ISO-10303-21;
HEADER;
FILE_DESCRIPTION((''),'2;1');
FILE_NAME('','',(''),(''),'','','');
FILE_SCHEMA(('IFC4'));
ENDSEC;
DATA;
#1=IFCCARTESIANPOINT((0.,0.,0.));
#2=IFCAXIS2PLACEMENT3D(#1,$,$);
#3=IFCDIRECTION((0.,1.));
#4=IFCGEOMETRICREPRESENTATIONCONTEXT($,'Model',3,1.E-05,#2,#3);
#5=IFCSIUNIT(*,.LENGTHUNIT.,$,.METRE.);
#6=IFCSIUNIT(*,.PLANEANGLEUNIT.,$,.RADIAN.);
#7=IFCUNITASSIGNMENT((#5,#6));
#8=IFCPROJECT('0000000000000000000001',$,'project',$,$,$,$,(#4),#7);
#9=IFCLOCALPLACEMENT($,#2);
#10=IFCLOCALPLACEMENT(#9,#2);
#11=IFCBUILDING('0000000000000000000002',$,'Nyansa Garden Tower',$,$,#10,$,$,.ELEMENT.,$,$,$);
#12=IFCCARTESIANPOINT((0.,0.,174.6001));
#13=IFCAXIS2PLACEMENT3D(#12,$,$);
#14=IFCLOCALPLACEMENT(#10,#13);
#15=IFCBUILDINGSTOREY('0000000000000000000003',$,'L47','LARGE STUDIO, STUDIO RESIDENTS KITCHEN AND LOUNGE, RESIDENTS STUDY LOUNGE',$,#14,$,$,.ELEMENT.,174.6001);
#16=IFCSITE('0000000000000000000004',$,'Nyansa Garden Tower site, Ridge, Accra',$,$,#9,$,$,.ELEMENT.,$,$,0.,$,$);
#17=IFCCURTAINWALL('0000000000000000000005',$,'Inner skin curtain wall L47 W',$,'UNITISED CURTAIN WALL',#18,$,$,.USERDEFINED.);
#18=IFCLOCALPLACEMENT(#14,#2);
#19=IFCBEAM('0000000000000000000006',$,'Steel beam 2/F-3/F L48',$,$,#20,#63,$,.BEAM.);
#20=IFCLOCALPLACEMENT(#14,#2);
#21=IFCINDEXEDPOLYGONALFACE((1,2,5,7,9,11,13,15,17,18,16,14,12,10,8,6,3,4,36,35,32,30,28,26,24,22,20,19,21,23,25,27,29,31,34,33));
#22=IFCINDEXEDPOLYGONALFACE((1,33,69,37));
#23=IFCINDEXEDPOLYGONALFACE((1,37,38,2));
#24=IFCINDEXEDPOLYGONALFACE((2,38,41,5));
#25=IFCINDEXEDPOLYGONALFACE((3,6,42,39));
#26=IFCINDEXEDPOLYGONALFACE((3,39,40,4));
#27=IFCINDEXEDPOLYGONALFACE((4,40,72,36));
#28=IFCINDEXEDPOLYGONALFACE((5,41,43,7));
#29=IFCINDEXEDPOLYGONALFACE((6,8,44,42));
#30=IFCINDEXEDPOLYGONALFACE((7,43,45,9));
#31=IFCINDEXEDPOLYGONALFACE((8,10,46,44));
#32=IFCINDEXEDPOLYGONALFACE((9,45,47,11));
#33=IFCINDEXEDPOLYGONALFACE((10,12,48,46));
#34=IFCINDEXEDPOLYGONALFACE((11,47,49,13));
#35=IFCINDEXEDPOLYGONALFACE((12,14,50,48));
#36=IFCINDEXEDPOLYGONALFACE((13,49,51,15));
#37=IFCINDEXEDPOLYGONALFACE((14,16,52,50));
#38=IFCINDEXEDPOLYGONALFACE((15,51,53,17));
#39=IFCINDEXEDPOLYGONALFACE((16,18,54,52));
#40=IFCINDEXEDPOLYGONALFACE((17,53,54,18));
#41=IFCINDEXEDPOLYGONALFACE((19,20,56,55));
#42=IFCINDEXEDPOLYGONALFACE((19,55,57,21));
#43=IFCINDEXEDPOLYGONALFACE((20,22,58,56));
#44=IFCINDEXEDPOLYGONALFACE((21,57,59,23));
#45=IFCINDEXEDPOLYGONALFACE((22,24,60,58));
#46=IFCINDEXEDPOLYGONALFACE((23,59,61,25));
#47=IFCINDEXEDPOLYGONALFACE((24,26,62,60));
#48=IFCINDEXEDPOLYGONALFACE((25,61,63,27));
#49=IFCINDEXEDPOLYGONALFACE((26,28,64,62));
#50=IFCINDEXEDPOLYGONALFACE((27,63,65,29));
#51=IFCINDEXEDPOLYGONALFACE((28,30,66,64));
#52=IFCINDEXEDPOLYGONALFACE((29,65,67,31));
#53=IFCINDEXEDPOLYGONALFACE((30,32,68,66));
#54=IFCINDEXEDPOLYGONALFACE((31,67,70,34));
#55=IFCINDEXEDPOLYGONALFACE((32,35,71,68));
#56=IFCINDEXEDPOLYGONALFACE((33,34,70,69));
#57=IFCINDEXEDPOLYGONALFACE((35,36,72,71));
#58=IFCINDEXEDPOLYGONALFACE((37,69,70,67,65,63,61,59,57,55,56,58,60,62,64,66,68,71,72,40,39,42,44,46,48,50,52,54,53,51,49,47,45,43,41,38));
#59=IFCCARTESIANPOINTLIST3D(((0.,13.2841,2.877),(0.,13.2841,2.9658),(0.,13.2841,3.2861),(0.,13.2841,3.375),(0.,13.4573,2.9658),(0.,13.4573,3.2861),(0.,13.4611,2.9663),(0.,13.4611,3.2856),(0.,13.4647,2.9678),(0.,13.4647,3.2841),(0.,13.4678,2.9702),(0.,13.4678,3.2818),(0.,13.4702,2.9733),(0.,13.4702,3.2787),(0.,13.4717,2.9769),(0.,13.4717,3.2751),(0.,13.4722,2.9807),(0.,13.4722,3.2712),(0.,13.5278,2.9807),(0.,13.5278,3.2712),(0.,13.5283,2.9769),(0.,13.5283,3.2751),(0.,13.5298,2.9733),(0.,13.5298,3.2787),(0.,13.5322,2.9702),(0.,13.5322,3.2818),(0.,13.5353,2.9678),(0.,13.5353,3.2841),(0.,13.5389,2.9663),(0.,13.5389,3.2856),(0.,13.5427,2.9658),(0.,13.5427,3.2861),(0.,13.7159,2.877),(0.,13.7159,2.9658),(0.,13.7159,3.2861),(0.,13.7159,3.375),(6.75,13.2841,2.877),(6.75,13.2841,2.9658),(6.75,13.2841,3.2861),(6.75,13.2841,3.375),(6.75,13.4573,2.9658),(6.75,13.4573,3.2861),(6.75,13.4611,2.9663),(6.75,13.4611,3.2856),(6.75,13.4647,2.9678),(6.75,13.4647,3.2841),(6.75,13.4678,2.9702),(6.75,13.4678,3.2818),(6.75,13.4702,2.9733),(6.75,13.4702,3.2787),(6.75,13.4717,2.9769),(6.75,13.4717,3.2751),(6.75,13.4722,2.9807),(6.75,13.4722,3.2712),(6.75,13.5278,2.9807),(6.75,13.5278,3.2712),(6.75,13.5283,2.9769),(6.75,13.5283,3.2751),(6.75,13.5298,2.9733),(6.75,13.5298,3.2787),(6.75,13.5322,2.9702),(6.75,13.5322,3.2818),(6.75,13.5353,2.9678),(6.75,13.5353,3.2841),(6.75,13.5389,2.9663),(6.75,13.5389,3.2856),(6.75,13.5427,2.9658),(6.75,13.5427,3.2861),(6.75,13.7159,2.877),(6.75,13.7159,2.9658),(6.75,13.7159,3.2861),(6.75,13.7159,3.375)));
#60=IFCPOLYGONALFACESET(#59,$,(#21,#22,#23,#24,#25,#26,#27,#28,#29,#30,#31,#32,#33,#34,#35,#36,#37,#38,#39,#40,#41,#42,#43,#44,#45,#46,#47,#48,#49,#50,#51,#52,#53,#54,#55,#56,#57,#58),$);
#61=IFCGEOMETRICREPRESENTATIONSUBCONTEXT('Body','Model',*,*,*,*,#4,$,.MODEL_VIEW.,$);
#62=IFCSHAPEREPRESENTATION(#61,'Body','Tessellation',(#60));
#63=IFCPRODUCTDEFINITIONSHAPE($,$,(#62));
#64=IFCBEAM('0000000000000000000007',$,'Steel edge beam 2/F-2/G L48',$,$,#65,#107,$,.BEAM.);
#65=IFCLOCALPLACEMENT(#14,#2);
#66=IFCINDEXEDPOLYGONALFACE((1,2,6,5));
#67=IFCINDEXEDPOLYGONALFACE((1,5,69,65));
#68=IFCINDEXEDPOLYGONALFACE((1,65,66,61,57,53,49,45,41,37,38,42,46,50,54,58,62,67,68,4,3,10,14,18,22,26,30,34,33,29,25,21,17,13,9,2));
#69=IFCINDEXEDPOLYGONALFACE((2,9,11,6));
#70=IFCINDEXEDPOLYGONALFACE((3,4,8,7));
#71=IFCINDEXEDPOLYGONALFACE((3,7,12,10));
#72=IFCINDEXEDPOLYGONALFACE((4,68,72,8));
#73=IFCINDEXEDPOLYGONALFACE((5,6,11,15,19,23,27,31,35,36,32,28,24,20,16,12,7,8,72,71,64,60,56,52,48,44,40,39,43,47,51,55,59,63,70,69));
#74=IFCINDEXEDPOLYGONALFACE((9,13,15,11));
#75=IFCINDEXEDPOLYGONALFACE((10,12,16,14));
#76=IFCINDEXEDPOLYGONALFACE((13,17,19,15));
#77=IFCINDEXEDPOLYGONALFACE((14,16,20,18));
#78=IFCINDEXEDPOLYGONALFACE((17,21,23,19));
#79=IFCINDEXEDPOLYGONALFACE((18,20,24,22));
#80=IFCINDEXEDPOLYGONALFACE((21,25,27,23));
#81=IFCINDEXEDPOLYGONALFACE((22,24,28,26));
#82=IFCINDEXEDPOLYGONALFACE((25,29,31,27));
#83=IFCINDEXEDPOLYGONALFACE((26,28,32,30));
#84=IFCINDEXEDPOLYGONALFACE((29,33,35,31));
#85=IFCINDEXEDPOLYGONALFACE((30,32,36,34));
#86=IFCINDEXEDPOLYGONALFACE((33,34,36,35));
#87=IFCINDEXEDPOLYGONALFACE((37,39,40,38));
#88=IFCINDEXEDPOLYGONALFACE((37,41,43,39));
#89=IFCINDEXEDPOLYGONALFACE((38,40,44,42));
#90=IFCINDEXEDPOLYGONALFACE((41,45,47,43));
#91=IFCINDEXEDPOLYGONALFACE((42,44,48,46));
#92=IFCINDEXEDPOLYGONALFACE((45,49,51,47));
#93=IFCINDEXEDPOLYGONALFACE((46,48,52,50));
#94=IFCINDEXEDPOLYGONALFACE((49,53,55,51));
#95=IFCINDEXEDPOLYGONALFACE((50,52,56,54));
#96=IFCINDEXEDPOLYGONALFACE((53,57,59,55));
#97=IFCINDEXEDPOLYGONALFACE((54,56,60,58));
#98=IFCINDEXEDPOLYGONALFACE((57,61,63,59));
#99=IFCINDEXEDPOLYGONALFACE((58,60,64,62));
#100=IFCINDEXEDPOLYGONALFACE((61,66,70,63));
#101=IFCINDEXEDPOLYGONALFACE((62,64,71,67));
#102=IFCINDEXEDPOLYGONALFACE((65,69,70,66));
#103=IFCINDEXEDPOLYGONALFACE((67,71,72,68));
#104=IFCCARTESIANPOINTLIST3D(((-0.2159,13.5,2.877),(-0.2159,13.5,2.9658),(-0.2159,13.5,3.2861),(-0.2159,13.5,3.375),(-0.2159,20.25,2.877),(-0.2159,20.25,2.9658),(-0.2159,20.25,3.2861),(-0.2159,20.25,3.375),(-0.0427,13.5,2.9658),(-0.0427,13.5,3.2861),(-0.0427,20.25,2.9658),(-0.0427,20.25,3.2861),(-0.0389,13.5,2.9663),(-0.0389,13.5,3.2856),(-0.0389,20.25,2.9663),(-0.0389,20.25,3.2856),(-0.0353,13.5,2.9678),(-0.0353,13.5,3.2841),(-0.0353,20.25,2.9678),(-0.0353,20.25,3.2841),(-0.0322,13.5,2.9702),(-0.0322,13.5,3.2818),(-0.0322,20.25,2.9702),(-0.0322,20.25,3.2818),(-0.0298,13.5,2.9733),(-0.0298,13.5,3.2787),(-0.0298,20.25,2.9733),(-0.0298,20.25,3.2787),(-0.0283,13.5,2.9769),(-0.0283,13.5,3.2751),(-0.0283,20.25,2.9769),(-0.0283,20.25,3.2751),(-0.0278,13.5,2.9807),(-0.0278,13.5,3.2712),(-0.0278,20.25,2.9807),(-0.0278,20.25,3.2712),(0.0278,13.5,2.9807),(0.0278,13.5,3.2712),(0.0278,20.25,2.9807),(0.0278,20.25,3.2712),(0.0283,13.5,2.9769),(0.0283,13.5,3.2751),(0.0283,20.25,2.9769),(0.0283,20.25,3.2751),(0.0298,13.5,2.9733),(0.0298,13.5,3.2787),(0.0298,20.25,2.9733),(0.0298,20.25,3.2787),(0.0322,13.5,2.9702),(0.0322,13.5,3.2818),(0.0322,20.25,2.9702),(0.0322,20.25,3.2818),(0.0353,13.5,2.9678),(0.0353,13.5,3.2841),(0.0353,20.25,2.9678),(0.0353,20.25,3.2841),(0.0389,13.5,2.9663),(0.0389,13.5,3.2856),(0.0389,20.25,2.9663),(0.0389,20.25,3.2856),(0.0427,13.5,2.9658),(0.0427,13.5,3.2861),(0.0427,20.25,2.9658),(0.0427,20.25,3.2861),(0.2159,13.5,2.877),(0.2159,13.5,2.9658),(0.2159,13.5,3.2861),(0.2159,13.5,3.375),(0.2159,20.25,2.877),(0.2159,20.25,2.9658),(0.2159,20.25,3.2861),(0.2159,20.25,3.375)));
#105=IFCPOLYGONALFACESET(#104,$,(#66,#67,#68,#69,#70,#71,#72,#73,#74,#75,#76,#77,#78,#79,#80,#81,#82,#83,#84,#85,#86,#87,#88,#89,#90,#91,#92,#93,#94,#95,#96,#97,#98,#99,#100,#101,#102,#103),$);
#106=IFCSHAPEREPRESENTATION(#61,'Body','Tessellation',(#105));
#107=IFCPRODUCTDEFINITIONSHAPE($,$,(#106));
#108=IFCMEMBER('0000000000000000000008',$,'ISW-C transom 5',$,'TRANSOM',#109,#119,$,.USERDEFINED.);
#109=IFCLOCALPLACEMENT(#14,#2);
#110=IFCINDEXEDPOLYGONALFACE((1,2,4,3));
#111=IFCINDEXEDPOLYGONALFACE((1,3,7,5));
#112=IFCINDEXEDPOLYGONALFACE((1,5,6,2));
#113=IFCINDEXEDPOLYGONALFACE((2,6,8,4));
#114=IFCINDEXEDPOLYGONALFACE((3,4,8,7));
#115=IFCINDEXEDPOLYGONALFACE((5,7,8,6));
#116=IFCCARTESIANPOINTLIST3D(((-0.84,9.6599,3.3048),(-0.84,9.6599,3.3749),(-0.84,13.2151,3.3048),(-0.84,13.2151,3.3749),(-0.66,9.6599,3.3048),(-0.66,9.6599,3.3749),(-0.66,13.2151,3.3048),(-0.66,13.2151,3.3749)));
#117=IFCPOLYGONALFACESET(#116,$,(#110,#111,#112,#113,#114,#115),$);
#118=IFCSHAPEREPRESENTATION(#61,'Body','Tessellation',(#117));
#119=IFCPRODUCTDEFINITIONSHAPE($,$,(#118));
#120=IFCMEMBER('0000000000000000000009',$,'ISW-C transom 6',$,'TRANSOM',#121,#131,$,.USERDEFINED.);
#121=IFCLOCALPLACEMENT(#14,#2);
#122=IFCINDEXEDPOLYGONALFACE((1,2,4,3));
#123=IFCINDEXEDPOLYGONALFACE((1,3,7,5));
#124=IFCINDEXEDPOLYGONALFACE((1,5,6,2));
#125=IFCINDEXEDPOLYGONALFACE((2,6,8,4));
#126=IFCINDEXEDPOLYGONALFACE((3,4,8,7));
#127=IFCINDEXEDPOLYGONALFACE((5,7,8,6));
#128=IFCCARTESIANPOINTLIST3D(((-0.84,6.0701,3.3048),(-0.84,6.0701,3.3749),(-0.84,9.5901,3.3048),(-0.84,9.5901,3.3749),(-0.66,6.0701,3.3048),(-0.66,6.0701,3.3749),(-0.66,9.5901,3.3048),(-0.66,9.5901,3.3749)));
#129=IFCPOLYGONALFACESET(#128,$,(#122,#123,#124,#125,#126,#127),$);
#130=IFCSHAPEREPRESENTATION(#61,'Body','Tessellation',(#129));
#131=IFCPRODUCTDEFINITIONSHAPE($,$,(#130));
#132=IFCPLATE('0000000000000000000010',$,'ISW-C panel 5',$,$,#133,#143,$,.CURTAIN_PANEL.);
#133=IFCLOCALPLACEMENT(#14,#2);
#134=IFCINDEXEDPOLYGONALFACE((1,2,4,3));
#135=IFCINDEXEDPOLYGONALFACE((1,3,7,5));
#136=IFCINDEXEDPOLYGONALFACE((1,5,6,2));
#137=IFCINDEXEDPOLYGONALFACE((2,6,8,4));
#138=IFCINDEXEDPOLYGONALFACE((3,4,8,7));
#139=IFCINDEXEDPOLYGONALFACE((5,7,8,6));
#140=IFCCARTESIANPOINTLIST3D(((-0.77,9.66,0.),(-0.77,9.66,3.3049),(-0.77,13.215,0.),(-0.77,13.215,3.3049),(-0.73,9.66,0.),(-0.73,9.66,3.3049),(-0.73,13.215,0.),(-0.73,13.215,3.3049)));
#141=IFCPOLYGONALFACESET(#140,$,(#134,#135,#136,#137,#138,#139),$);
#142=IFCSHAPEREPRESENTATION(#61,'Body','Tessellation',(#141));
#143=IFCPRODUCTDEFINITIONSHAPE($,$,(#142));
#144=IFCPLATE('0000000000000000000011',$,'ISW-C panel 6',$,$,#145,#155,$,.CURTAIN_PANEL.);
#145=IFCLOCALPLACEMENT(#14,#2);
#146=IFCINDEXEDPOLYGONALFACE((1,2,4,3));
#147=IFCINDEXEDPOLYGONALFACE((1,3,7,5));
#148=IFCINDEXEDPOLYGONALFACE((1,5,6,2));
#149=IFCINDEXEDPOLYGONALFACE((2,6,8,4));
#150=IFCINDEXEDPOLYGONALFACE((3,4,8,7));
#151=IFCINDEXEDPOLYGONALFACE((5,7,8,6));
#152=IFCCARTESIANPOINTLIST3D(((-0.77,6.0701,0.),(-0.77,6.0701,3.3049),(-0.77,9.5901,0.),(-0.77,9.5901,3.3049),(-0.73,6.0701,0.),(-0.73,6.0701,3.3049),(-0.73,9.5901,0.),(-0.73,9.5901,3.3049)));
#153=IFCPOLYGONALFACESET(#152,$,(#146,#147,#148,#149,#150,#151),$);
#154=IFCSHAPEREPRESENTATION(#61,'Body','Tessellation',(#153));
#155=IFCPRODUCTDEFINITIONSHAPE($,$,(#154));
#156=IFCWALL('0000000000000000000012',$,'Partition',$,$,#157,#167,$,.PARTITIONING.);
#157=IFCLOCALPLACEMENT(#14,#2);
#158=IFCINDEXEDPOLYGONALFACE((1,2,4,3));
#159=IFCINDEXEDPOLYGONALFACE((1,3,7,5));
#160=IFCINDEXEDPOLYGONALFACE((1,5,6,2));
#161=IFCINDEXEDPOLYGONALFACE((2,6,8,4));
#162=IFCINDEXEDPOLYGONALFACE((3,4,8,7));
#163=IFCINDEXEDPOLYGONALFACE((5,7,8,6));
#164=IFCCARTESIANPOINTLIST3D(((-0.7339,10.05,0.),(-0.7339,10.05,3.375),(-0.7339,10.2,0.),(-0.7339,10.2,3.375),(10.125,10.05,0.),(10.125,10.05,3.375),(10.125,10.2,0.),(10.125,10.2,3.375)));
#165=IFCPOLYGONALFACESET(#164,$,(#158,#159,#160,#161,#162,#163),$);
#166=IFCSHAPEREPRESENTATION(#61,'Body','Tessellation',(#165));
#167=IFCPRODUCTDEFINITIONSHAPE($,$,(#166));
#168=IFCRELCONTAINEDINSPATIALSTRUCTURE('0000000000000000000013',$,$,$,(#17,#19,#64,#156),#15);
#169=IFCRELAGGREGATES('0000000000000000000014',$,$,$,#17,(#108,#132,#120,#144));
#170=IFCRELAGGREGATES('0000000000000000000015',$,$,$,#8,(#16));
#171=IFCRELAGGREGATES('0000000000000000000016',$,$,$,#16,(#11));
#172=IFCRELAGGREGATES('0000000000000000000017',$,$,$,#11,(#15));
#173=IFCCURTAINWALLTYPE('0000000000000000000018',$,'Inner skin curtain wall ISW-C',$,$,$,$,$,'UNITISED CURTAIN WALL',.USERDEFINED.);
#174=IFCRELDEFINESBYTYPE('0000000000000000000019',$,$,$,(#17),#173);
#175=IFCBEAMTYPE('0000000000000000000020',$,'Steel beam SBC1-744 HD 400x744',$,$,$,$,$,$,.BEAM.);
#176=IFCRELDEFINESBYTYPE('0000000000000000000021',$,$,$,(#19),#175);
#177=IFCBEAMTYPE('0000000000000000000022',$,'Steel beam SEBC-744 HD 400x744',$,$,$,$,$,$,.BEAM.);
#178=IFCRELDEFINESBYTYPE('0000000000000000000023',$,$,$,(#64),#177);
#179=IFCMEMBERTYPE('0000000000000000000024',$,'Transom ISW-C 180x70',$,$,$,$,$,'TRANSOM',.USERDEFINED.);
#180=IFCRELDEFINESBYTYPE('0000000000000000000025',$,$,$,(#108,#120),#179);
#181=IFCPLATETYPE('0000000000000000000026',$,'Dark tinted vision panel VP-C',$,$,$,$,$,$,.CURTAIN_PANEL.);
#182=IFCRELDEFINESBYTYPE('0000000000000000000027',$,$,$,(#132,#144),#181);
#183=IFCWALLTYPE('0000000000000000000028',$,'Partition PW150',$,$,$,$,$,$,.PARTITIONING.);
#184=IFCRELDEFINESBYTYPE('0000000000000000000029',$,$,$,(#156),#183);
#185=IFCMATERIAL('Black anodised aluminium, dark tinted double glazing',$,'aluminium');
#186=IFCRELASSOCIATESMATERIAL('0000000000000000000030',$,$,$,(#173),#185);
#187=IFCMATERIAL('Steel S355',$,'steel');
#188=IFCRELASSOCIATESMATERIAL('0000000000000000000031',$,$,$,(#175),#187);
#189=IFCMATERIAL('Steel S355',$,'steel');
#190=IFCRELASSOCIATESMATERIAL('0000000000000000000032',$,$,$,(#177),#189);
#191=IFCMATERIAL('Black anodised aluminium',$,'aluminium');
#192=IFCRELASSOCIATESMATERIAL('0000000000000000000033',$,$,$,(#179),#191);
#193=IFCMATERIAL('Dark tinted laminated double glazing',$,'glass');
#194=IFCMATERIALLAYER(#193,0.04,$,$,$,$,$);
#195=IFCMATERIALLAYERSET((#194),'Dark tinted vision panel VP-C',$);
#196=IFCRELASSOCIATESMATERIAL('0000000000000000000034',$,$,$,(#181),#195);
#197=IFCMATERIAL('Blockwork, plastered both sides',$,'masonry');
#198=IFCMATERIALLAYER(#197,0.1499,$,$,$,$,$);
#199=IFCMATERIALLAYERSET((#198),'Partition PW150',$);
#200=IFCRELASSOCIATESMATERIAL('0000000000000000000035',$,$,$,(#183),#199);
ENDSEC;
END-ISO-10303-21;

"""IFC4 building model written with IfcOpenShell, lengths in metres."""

from ifc_helpers import new_model, si_unit, direction, frame, frame_2d, origin, origin_2d, place, context, subcontext, project, spatial, rectangle, i_section, extrude, material, layer, layer_set, material_profile, profile_set, type_object, element, aggregate, save


model = new_model("IFC4")

# Units and contexts
model_context = context("Model", 3, precision=1e-05, world=origin(), true_north=direction((0.0, 1.0)))
body_context = subcontext(model_context, "Body", "Model", "MODEL_VIEW")
ifc_project = project(units=[si_unit("LENGTHUNIT", "METRE"), si_unit("PLANEANGLEUNIT", "RADIAN")], contexts=[model_context])

# Site, building, storey
site_placement = place(None, origin())
site = spatial("IfcSite", under=ifc_project, at=site_placement, Name="Nyansa Garden Tower site, Ridge, Accra", CompositionType="ELEMENT", RefElevation=0.0)
building_placement = place(site_placement, origin())
building = spatial("IfcBuilding", under=site, at=building_placement, Name="Nyansa Garden Tower", CompositionType="ELEMENT")
storey_placement = place(building_placement, frame((0.0, 0.0, 174.6001)))
storey = spatial("IfcBuildingStorey", under=building, at=storey_placement, Name="L47", Description="LARGE STUDIO, STUDIO RESIDENTS KITCHEN AND LOUNGE, RESIDENTS STUDY LOUNGE", CompositionType="ELEMENT", Elevation=174.6001)

# Curtain wall
ifc_material_1 = material(Name="Black anodised aluminium, dark tinted double glazing", Category="aluminium")
curtain_wall_type = type_object("IfcCurtainWallType", Name="Inner skin curtain wall ISW-C", ElementType="UNITISED CURTAIN WALL", PredefinedType="USERDEFINED", material=ifc_material_1)
curtain_wall_placement = place(storey_placement, origin())
curtain_wall = element("IfcCurtainWall", 1, at=curtain_wall_placement, inside=storey, type_object=curtain_wall_type, Name="Inner skin curtain wall L47 W", ObjectType="UNITISED CURTAIN WALL", PredefinedType="USERDEFINED")

# Beams
ifc_material_2 = material(Name="Steel S355", Category="steel")
ifc_material_profile_1 = material_profile(ifc_material_2, i_section(OverallWidth=0.4319, OverallDepth=0.498, WebThickness=0.0557, FlangeThickness=0.0889, FilletRadius=0.0149, at=origin_2d()), Name="HD 400x744")
ifc_profile_set_1 = profile_set([ifc_material_profile_1], Name="Steel S355")
beam_type_1 = type_object("IfcBeamType", Name="Steel beam SBC1-744 HD 400x744", PredefinedType="BEAM", material=ifc_profile_set_1)
for number, where, z_axis, x_axis, name in (
    (2, (0.0, 13.5, 3.126), (1.0, 0.0, 0.0), (0.0, 1.0, 0.0), "Steel beam 2/F-3/F L48"),
):
    element("IfcBeam", number, at=place(storey_placement, frame(where, z_axis=z_axis, x_axis=x_axis)), inside=storey, type_object=beam_type_1, Name=name, PredefinedType="BEAM", context=body_context, shape_type="SweptSolid", body=[
        extrude(i_section(OverallWidth=0.4319, OverallDepth=0.498, WebThickness=0.0557, FlangeThickness=0.0889, FilletRadius=0.0149, at=origin_2d()), origin(), (0.0, 0.0, 1.0), 6.75),
    ])
ifc_material_3 = material(Name="Steel S355", Category="steel")
ifc_material_profile_2 = material_profile(ifc_material_3, i_section(OverallWidth=0.4319, OverallDepth=0.498, WebThickness=0.0557, FlangeThickness=0.0889, FilletRadius=0.0149, at=origin_2d()), Name="HD 400x744")
ifc_profile_set_2 = profile_set([ifc_material_profile_2], Name="Steel S355")
beam_type_2 = type_object("IfcBeamType", Name="Steel beam SEBC-744 HD 400x744", PredefinedType="BEAM", material=ifc_profile_set_2)
beam_1_placement = place(storey_placement, frame((0.0, 13.5, 3.126), z_axis=(0.0, 1.0, 0.0), x_axis=(-1.0, 0.0, 0.0)))
element("IfcBeam", 3, at=beam_1_placement, inside=storey, type_object=beam_type_2, Name="Steel edge beam 2/F-2/G L48", PredefinedType="BEAM", context=body_context, shape_type="SweptSolid", body=[
    extrude(i_section(OverallWidth=0.4319, OverallDepth=0.498, WebThickness=0.0557, FlangeThickness=0.0889, FilletRadius=0.0149, at=origin_2d()), origin(), (0.0, 0.0, 1.0), 6.75),
])

# Members
ifc_material_4 = material(Name="Black anodised aluminium", Category="aluminium")
ifc_material_profile_3 = material_profile(ifc_material_4, rectangle(XDim=0.1799, YDim=0.0701, at=origin_2d()), Name="Transom 180x70")
ifc_profile_set_3 = profile_set([ifc_material_profile_3], Name="Black anodised aluminium")
member_type_1 = type_object("IfcMemberType", Name="Transom ISW-C 180x70", ElementType="TRANSOM", PredefinedType="USERDEFINED", material=ifc_profile_set_3)
member_1_placement = place(storey_placement, frame((-0.75, 13.2151, 3.3398), z_axis=(0.0, -1.0, 0.0), x_axis=(1.0, 0.0, 0.0)))
member_1 = element("IfcMember", 4, at=member_1_placement, type_object=member_type_1, Name="ISW-C transom 5", ObjectType="TRANSOM", PredefinedType="USERDEFINED", context=body_context, shape_type="SweptSolid", body=[
    extrude(rectangle(XDim=0.1799, YDim=0.0701, at=origin_2d()), origin(), (0.0, 0.0, 1.0), 3.5552),
])
member_2_placement = place(storey_placement, frame((-0.75, 9.5901, 3.3398), z_axis=(0.0, -1.0, 0.0), x_axis=(1.0, 0.0, 0.0)))
member_2 = element("IfcMember", 5, at=member_2_placement, type_object=member_type_1, Name="ISW-C transom 6", ObjectType="TRANSOM", PredefinedType="USERDEFINED", context=body_context, shape_type="SweptSolid", body=[
    extrude(rectangle(XDim=0.1799, YDim=0.0701, at=origin_2d()), origin(), (0.0, 0.0, 1.0), 3.52),
])

# Plates
ifc_material_5 = material(Name="Dark tinted laminated double glazing", Category="glass")
ifc_layer_1 = layer(ifc_material_5, 0.04)
ifc_layer_set_1 = layer_set([ifc_layer_1], Name="Dark tinted vision panel VP-C")
plate_type = type_object("IfcPlateType", Name="Dark tinted vision panel VP-C", PredefinedType="CURTAIN_PANEL", material=ifc_layer_set_1)
plate_1_placement = place(storey_placement, frame((-0.75, 11.4375, 0.0), z_axis=(0.0, 0.0, 1.0), x_axis=(0.0, -1.0, 0.0)))
plate_1 = element("IfcPlate", 6, at=plate_1_placement, type_object=plate_type, Name="ISW-C panel 5", PredefinedType="CURTAIN_PANEL", context=body_context, shape_type="SweptSolid", body=[
    extrude(rectangle(XDim=3.5549, YDim=0.04, at=origin_2d()), origin(), (0.0, 0.0, 1.0), 3.3049),
])
plate_2_placement = place(storey_placement, frame((-0.75, 7.8301, 0.0), z_axis=(0.0, 0.0, 1.0), x_axis=(0.0, -1.0, 0.0)))
plate_2 = element("IfcPlate", 7, at=plate_2_placement, type_object=plate_type, Name="ISW-C panel 6", PredefinedType="CURTAIN_PANEL", context=body_context, shape_type="SweptSolid", body=[
    extrude(rectangle(XDim=3.52, YDim=0.04, at=origin_2d()), origin(), (0.0, 0.0, 1.0), 3.3049),
])
aggregate(curtain_wall, [member_1, plate_1, member_2, plate_2])

# Wall
ifc_material_6 = material(Name="Blockwork, plastered both sides", Category="masonry")
ifc_layer_2 = layer(ifc_material_6, 0.1499)
ifc_layer_set_2 = layer_set([ifc_layer_2], Name="Partition PW150")
wall_type_1 = type_object("IfcWallType", Name="Partition PW150", PredefinedType="PARTITIONING", material=ifc_layer_set_2)
wall_1_placement = place(storey_placement, frame((-0.7339, 10.125, 0.0), z_axis=(0.0, 0.0, 1.0), x_axis=(1.0, 0.0, 0.0)))
element("IfcWall", 8, at=wall_1_placement, inside=storey, type_object=wall_type_1, Name="Partition", PredefinedType="PARTITIONING", context=body_context, shape_type="SweptSolid", body=[
    extrude(rectangle(XDim=10.8589, YDim=0.1499, at=frame_2d((5.4294, 0.0))), origin(), (0.0, 0.0, 1.0), 3.375),
])

save(model, "model.ifc")
